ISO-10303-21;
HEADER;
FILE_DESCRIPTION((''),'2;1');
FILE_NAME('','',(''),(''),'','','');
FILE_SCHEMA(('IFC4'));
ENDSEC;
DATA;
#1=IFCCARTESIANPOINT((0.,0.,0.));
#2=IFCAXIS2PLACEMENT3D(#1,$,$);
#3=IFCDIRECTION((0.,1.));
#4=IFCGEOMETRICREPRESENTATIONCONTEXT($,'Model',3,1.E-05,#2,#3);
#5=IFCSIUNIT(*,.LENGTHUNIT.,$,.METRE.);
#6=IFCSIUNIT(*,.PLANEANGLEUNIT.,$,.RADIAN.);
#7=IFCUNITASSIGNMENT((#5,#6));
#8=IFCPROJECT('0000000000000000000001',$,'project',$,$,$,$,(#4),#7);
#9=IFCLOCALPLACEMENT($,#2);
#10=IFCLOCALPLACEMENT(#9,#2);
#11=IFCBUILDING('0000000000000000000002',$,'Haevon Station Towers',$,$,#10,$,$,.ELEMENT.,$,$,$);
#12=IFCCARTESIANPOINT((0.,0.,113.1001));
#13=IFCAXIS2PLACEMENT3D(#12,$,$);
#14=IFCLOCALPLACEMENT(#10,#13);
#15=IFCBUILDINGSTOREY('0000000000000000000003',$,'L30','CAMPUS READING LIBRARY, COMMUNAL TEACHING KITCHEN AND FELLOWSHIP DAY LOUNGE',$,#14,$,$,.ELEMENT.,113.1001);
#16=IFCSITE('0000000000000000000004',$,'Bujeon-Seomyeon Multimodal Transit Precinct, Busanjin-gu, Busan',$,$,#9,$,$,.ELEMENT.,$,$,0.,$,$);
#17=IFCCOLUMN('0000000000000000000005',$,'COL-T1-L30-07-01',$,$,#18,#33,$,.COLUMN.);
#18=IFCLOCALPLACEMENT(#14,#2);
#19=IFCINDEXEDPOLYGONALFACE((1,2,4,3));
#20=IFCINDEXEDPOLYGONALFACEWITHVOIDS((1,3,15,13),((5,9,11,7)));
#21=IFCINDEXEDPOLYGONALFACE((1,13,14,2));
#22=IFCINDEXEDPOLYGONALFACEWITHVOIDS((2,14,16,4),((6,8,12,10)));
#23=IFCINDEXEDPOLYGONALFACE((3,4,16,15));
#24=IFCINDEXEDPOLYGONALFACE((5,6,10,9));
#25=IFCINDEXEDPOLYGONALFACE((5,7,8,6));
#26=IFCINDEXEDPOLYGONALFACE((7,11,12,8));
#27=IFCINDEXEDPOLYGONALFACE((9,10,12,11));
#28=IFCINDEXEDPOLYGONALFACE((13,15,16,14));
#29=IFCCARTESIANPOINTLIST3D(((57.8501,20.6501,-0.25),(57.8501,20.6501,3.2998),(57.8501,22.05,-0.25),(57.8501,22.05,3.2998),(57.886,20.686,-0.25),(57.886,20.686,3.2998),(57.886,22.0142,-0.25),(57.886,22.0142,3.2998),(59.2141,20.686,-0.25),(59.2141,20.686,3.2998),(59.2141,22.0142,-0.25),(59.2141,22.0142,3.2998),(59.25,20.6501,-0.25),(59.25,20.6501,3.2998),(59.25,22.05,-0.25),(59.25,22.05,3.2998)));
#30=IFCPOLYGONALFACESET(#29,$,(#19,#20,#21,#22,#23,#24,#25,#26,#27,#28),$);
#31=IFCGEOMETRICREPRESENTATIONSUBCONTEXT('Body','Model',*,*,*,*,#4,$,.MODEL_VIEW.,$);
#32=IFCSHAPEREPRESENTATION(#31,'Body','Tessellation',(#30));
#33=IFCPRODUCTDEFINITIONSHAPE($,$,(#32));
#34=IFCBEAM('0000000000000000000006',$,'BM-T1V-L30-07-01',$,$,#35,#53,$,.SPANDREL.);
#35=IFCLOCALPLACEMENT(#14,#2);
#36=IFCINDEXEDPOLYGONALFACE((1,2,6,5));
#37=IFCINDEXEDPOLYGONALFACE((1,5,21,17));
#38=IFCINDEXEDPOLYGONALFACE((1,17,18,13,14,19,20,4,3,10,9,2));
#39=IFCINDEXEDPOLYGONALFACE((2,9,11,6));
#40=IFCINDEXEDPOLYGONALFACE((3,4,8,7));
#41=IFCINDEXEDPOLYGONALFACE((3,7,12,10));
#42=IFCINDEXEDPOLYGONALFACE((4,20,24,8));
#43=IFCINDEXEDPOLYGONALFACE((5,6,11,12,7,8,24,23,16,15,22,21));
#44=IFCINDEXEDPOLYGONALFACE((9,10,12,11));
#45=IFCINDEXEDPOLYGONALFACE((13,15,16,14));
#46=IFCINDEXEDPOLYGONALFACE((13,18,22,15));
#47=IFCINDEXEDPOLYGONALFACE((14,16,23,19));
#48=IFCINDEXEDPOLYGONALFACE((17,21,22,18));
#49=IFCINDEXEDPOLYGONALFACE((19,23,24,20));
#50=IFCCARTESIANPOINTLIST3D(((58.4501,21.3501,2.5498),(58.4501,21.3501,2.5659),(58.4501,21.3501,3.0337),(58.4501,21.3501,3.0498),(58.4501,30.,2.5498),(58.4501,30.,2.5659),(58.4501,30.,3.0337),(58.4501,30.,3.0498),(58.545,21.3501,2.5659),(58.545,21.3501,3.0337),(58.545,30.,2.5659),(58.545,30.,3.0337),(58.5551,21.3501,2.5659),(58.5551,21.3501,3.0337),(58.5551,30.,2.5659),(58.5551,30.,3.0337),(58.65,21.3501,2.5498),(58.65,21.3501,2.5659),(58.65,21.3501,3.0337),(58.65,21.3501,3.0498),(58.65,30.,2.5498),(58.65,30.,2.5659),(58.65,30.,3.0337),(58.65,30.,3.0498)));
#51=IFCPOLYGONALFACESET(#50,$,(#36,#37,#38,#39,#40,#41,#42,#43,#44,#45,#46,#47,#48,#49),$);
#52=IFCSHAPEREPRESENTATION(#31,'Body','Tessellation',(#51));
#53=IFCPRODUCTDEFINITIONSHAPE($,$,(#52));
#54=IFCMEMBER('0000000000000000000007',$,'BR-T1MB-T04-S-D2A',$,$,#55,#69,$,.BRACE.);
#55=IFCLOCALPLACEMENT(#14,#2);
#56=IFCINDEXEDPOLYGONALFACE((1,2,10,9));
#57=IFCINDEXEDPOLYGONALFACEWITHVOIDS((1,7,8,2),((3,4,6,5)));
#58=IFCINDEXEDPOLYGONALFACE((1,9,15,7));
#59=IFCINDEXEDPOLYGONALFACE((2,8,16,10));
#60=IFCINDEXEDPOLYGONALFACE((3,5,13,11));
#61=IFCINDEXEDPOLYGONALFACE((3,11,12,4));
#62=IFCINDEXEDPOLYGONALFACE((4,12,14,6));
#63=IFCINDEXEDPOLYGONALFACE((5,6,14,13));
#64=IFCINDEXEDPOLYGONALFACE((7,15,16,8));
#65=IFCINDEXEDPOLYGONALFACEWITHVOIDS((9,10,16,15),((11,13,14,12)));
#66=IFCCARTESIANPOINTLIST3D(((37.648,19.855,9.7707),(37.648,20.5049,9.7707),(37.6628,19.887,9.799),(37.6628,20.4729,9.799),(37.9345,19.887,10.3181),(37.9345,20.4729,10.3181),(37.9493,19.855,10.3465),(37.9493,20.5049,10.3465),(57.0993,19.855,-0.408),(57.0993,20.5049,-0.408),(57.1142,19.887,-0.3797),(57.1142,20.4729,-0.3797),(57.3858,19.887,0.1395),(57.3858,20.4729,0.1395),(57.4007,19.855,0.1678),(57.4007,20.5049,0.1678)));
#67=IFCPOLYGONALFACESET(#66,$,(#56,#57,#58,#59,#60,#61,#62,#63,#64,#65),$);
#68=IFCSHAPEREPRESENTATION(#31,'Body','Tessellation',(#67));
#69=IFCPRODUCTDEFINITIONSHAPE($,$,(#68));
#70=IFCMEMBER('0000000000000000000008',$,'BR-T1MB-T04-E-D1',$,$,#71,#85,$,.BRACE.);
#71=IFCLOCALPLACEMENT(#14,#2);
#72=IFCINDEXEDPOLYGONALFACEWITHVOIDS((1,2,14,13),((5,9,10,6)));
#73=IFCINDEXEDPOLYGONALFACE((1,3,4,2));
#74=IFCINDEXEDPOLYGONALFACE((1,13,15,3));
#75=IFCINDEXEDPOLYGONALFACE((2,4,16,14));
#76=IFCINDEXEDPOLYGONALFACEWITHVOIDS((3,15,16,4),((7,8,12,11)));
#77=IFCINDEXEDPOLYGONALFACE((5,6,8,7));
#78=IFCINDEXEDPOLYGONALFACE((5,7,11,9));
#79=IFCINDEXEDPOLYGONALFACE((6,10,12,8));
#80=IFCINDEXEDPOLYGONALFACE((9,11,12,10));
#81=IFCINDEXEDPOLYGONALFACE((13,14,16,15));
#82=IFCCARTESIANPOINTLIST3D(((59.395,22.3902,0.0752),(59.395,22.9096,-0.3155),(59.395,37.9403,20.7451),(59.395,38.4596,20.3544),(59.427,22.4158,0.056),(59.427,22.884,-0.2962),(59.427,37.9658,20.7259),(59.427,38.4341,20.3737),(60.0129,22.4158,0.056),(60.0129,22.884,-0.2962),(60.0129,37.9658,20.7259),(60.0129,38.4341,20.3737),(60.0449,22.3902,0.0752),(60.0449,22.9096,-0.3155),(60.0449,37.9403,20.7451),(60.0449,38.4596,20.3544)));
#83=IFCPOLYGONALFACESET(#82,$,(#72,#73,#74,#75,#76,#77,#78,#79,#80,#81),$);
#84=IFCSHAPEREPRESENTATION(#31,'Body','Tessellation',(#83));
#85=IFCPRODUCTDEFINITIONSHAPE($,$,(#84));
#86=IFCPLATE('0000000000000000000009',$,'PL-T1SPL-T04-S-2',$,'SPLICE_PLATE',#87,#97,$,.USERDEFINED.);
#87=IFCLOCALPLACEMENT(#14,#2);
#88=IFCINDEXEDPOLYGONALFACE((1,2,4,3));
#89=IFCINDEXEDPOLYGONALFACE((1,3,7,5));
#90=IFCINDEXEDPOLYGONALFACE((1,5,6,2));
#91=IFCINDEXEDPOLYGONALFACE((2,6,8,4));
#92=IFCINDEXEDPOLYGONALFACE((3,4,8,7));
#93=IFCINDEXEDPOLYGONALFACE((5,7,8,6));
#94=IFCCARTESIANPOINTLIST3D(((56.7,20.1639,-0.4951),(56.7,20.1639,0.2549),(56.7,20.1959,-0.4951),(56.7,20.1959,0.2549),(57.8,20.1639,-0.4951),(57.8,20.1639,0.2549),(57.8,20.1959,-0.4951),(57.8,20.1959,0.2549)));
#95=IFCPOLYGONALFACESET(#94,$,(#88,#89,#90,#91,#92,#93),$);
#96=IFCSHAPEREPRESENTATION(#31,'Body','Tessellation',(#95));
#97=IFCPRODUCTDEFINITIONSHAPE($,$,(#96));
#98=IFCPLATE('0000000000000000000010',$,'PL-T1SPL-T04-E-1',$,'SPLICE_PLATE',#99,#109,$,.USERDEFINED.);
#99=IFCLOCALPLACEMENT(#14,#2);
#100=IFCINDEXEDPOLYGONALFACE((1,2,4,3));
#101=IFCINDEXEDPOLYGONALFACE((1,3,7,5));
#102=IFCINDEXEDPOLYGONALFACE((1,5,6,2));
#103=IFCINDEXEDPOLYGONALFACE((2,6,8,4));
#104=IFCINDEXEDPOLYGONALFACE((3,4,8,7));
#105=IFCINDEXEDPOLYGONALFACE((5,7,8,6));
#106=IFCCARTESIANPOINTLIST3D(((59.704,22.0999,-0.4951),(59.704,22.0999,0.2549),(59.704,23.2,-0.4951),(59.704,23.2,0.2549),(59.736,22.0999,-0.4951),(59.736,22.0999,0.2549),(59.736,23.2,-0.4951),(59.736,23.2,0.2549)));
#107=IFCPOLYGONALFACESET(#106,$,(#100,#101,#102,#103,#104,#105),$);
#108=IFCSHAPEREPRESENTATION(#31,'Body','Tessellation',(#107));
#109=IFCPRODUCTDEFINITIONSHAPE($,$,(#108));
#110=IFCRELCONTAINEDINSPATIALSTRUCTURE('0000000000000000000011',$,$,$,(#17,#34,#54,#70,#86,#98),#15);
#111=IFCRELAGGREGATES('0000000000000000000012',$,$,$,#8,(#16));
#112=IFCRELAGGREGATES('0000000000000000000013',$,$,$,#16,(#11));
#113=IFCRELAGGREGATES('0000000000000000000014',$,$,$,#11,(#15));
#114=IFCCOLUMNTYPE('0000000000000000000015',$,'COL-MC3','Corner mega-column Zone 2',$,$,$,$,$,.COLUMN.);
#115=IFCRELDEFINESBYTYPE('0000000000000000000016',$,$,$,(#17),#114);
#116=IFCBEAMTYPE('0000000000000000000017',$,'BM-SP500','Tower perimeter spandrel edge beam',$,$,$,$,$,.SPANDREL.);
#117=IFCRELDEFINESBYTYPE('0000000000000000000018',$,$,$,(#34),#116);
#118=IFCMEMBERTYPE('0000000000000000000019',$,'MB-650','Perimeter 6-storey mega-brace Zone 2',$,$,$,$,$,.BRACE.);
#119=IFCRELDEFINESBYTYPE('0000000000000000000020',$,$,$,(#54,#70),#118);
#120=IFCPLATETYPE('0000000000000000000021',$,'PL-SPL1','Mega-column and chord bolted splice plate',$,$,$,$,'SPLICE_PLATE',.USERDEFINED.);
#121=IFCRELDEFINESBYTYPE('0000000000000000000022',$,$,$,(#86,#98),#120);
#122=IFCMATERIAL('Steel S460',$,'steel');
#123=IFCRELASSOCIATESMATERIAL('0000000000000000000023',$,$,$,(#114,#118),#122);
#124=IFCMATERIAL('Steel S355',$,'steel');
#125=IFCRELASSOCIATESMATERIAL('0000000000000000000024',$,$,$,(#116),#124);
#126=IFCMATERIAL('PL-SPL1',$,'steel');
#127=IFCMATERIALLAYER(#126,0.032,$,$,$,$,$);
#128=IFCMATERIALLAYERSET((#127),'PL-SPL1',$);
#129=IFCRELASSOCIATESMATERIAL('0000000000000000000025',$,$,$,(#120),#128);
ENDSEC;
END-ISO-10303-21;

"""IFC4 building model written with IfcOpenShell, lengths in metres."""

from ifc_helpers import new_model, si_unit, direction, frame, origin, origin_2d, place, context, subcontext, project, spatial, rectangle, hollow_rectangle, i_section, extrude, material, layer, layer_set, material_profile, profile_set, type_object, element, save


model = new_model("IFC4")

# Units and contexts
model_context = context("Model", 3, precision=1e-05, world=origin(), true_north=direction((0.0, 1.0)))
body_context = subcontext(model_context, "Body", "Model", "MODEL_VIEW")
ifc_project = project(units=[si_unit("LENGTHUNIT", "METRE"), si_unit("PLANEANGLEUNIT", "RADIAN")], contexts=[model_context])

# Site, building, storey
site_placement = place(None, origin())
site = spatial("IfcSite", under=ifc_project, at=site_placement, Name="Bujeon-Seomyeon Multimodal Transit Precinct, Busanjin-gu, Busan", CompositionType="ELEMENT", RefElevation=0.0)
building_placement = place(site_placement, origin())
building = spatial("IfcBuilding", under=site, at=building_placement, Name="Haevon Station Towers", CompositionType="ELEMENT")
storey_placement = place(building_placement, frame((0.0, 0.0, 113.1001)))
storey = spatial("IfcBuildingStorey", under=building, at=storey_placement, Name="L30", Description="CAMPUS READING LIBRARY, COMMUNAL TEACHING KITCHEN AND FELLOWSHIP DAY LOUNGE", CompositionType="ELEMENT", Elevation=113.1001)

# Column
ifc_material_1 = material(Name="Steel S460", Category="steel")
ifc_material_profile_1 = material_profile(ifc_material_1, hollow_rectangle(XDim=1.3999, YDim=1.3999, WallThickness=0.0359, at=origin_2d()), Name="BOX-1400x1400x36")
ifc_profile_set_1 = profile_set([ifc_material_profile_1], Name="Steel S460")
column_type = type_object("IfcColumnType", Name="COL-MC3", Description="Corner mega-column Zone 2", PredefinedType="COLUMN", material=ifc_profile_set_1)
column_placement = place(storey_placement, frame((58.55, 21.3501, -0.25), z_axis=(0.0, 0.0, 1.0), x_axis=(1.0, 0.0, 0.0)))
element("IfcColumn", 1, at=column_placement, inside=storey, type_object=column_type, Name="COL-T1-L30-07-01", PredefinedType="COLUMN", context=body_context, shape_type="SweptSolid", body=[
    extrude(hollow_rectangle(XDim=1.3999, YDim=1.3999, WallThickness=0.0359, at=origin_2d()), origin(), (0.0, 0.0, 1.0), 3.5498),
])

# Beam
ifc_material_2 = material(Name="Steel S355", Category="steel")
ifc_material_profile_2 = material_profile(ifc_material_2, i_section(OverallWidth=0.2, OverallDepth=0.5, WebThickness=0.01, FlangeThickness=0.0161, at=origin_2d()), Name="H-500x200x10x16")
ifc_profile_set_2 = profile_set([ifc_material_profile_2], Name="Steel S355")
beam_type = type_object("IfcBeamType", Name="BM-SP500", Description="Tower perimeter spandrel edge beam", PredefinedType="SPANDREL", material=ifc_profile_set_2)
beam_placement = place(storey_placement, frame((58.55, 21.3501, 2.7998), z_axis=(0.0, 1.0, 0.0), x_axis=(-1.0, 0.0, 0.0)))
element("IfcBeam", 2, at=beam_placement, inside=storey, type_object=beam_type, Name="BM-T1V-L30-07-01", PredefinedType="SPANDREL", context=body_context, shape_type="SweptSolid", body=[
    extrude(i_section(OverallWidth=0.2, OverallDepth=0.5, WebThickness=0.01, FlangeThickness=0.0161, at=origin_2d()), origin(), (0.0, 0.0, 1.0), 8.6499),
])

# Members
ifc_material_profile_3 = material_profile(ifc_material_1, hollow_rectangle(XDim=0.6499, YDim=0.6499, WallThickness=0.032, at=origin_2d()), Name="RHS-650x650x32")
ifc_profile_set_3 = profile_set([ifc_material_profile_3], Name="Steel S460")
member_type = type_object("IfcMemberType", Name="MB-650", Description="Perimeter 6-storey mega-brace Zone 2", PredefinedType="BRACE", material=ifc_profile_set_3)
member_1_placement = place(storey_placement, frame((57.25, 20.1799, -0.1201), z_axis=(-0.886021, 0.0, 0.463645), x_axis=(0.0, -1.0, 0.0)))
element("IfcMember", 3, at=member_1_placement, inside=storey, type_object=member_type, Name="BR-T1MB-T04-S-D2A", PredefinedType="BRACE", context=body_context, shape_type="SweptSolid", body=[
    extrude(hollow_rectangle(XDim=0.6499, YDim=0.6499, WallThickness=0.032, at=origin_2d()), origin(), (0.0, 0.0, 1.0), 21.9536),
])
member_2_placement = place(storey_placement, frame((59.72, 22.6499, -0.1201), z_axis=(0.0, 0.601177, 0.799116), x_axis=(-1.0, 0.0, 0.0)))
element("IfcMember", 4, at=member_2_placement, inside=storey, type_object=member_type, Name="BR-T1MB-T04-E-D1", PredefinedType="BRACE", context=body_context, shape_type="SweptSolid", body=[
    extrude(hollow_rectangle(XDim=0.6499, YDim=0.6499, WallThickness=0.032, at=origin_2d()), origin(), (0.0, 0.0, 1.0), 25.866),
])

# Plates
ifc_material_3 = material(Name="PL-SPL1", Category="steel")
ifc_layer_1 = layer(ifc_material_3, 0.032)
ifc_layer_set_1 = layer_set([ifc_layer_1], Name="PL-SPL1")
plate_type = type_object("IfcPlateType", Name="PL-SPL1", Description="Mega-column and chord bolted splice plate", ElementType="SPLICE_PLATE", PredefinedType="USERDEFINED", material=ifc_layer_set_1)
for number, where, z_axis, x_axis, name in (
    (5, (57.25, 20.1799, -0.4951), (0.0, 0.0, 1.0), (1.0, 0.0, 0.0), "PL-T1SPL-T04-S-2"),
    (6, (59.72, 22.6499, -0.4951), (0.0, 0.0, 1.0), (0.0, 1.0, 0.0), "PL-T1SPL-T04-E-1"),
):
    element("IfcPlate", number, at=place(storey_placement, frame(where, z_axis=z_axis, x_axis=x_axis)), inside=storey, type_object=plate_type, Name=name, ObjectType="SPLICE_PLATE", PredefinedType="USERDEFINED", context=body_context, shape_type="SweptSolid", body=[
        extrude(rectangle(XDim=1.1001, YDim=0.032, at=origin_2d()), origin(), (0.0, 0.0, 1.0), 0.75),
    ])

save(model, "model.ifc")
